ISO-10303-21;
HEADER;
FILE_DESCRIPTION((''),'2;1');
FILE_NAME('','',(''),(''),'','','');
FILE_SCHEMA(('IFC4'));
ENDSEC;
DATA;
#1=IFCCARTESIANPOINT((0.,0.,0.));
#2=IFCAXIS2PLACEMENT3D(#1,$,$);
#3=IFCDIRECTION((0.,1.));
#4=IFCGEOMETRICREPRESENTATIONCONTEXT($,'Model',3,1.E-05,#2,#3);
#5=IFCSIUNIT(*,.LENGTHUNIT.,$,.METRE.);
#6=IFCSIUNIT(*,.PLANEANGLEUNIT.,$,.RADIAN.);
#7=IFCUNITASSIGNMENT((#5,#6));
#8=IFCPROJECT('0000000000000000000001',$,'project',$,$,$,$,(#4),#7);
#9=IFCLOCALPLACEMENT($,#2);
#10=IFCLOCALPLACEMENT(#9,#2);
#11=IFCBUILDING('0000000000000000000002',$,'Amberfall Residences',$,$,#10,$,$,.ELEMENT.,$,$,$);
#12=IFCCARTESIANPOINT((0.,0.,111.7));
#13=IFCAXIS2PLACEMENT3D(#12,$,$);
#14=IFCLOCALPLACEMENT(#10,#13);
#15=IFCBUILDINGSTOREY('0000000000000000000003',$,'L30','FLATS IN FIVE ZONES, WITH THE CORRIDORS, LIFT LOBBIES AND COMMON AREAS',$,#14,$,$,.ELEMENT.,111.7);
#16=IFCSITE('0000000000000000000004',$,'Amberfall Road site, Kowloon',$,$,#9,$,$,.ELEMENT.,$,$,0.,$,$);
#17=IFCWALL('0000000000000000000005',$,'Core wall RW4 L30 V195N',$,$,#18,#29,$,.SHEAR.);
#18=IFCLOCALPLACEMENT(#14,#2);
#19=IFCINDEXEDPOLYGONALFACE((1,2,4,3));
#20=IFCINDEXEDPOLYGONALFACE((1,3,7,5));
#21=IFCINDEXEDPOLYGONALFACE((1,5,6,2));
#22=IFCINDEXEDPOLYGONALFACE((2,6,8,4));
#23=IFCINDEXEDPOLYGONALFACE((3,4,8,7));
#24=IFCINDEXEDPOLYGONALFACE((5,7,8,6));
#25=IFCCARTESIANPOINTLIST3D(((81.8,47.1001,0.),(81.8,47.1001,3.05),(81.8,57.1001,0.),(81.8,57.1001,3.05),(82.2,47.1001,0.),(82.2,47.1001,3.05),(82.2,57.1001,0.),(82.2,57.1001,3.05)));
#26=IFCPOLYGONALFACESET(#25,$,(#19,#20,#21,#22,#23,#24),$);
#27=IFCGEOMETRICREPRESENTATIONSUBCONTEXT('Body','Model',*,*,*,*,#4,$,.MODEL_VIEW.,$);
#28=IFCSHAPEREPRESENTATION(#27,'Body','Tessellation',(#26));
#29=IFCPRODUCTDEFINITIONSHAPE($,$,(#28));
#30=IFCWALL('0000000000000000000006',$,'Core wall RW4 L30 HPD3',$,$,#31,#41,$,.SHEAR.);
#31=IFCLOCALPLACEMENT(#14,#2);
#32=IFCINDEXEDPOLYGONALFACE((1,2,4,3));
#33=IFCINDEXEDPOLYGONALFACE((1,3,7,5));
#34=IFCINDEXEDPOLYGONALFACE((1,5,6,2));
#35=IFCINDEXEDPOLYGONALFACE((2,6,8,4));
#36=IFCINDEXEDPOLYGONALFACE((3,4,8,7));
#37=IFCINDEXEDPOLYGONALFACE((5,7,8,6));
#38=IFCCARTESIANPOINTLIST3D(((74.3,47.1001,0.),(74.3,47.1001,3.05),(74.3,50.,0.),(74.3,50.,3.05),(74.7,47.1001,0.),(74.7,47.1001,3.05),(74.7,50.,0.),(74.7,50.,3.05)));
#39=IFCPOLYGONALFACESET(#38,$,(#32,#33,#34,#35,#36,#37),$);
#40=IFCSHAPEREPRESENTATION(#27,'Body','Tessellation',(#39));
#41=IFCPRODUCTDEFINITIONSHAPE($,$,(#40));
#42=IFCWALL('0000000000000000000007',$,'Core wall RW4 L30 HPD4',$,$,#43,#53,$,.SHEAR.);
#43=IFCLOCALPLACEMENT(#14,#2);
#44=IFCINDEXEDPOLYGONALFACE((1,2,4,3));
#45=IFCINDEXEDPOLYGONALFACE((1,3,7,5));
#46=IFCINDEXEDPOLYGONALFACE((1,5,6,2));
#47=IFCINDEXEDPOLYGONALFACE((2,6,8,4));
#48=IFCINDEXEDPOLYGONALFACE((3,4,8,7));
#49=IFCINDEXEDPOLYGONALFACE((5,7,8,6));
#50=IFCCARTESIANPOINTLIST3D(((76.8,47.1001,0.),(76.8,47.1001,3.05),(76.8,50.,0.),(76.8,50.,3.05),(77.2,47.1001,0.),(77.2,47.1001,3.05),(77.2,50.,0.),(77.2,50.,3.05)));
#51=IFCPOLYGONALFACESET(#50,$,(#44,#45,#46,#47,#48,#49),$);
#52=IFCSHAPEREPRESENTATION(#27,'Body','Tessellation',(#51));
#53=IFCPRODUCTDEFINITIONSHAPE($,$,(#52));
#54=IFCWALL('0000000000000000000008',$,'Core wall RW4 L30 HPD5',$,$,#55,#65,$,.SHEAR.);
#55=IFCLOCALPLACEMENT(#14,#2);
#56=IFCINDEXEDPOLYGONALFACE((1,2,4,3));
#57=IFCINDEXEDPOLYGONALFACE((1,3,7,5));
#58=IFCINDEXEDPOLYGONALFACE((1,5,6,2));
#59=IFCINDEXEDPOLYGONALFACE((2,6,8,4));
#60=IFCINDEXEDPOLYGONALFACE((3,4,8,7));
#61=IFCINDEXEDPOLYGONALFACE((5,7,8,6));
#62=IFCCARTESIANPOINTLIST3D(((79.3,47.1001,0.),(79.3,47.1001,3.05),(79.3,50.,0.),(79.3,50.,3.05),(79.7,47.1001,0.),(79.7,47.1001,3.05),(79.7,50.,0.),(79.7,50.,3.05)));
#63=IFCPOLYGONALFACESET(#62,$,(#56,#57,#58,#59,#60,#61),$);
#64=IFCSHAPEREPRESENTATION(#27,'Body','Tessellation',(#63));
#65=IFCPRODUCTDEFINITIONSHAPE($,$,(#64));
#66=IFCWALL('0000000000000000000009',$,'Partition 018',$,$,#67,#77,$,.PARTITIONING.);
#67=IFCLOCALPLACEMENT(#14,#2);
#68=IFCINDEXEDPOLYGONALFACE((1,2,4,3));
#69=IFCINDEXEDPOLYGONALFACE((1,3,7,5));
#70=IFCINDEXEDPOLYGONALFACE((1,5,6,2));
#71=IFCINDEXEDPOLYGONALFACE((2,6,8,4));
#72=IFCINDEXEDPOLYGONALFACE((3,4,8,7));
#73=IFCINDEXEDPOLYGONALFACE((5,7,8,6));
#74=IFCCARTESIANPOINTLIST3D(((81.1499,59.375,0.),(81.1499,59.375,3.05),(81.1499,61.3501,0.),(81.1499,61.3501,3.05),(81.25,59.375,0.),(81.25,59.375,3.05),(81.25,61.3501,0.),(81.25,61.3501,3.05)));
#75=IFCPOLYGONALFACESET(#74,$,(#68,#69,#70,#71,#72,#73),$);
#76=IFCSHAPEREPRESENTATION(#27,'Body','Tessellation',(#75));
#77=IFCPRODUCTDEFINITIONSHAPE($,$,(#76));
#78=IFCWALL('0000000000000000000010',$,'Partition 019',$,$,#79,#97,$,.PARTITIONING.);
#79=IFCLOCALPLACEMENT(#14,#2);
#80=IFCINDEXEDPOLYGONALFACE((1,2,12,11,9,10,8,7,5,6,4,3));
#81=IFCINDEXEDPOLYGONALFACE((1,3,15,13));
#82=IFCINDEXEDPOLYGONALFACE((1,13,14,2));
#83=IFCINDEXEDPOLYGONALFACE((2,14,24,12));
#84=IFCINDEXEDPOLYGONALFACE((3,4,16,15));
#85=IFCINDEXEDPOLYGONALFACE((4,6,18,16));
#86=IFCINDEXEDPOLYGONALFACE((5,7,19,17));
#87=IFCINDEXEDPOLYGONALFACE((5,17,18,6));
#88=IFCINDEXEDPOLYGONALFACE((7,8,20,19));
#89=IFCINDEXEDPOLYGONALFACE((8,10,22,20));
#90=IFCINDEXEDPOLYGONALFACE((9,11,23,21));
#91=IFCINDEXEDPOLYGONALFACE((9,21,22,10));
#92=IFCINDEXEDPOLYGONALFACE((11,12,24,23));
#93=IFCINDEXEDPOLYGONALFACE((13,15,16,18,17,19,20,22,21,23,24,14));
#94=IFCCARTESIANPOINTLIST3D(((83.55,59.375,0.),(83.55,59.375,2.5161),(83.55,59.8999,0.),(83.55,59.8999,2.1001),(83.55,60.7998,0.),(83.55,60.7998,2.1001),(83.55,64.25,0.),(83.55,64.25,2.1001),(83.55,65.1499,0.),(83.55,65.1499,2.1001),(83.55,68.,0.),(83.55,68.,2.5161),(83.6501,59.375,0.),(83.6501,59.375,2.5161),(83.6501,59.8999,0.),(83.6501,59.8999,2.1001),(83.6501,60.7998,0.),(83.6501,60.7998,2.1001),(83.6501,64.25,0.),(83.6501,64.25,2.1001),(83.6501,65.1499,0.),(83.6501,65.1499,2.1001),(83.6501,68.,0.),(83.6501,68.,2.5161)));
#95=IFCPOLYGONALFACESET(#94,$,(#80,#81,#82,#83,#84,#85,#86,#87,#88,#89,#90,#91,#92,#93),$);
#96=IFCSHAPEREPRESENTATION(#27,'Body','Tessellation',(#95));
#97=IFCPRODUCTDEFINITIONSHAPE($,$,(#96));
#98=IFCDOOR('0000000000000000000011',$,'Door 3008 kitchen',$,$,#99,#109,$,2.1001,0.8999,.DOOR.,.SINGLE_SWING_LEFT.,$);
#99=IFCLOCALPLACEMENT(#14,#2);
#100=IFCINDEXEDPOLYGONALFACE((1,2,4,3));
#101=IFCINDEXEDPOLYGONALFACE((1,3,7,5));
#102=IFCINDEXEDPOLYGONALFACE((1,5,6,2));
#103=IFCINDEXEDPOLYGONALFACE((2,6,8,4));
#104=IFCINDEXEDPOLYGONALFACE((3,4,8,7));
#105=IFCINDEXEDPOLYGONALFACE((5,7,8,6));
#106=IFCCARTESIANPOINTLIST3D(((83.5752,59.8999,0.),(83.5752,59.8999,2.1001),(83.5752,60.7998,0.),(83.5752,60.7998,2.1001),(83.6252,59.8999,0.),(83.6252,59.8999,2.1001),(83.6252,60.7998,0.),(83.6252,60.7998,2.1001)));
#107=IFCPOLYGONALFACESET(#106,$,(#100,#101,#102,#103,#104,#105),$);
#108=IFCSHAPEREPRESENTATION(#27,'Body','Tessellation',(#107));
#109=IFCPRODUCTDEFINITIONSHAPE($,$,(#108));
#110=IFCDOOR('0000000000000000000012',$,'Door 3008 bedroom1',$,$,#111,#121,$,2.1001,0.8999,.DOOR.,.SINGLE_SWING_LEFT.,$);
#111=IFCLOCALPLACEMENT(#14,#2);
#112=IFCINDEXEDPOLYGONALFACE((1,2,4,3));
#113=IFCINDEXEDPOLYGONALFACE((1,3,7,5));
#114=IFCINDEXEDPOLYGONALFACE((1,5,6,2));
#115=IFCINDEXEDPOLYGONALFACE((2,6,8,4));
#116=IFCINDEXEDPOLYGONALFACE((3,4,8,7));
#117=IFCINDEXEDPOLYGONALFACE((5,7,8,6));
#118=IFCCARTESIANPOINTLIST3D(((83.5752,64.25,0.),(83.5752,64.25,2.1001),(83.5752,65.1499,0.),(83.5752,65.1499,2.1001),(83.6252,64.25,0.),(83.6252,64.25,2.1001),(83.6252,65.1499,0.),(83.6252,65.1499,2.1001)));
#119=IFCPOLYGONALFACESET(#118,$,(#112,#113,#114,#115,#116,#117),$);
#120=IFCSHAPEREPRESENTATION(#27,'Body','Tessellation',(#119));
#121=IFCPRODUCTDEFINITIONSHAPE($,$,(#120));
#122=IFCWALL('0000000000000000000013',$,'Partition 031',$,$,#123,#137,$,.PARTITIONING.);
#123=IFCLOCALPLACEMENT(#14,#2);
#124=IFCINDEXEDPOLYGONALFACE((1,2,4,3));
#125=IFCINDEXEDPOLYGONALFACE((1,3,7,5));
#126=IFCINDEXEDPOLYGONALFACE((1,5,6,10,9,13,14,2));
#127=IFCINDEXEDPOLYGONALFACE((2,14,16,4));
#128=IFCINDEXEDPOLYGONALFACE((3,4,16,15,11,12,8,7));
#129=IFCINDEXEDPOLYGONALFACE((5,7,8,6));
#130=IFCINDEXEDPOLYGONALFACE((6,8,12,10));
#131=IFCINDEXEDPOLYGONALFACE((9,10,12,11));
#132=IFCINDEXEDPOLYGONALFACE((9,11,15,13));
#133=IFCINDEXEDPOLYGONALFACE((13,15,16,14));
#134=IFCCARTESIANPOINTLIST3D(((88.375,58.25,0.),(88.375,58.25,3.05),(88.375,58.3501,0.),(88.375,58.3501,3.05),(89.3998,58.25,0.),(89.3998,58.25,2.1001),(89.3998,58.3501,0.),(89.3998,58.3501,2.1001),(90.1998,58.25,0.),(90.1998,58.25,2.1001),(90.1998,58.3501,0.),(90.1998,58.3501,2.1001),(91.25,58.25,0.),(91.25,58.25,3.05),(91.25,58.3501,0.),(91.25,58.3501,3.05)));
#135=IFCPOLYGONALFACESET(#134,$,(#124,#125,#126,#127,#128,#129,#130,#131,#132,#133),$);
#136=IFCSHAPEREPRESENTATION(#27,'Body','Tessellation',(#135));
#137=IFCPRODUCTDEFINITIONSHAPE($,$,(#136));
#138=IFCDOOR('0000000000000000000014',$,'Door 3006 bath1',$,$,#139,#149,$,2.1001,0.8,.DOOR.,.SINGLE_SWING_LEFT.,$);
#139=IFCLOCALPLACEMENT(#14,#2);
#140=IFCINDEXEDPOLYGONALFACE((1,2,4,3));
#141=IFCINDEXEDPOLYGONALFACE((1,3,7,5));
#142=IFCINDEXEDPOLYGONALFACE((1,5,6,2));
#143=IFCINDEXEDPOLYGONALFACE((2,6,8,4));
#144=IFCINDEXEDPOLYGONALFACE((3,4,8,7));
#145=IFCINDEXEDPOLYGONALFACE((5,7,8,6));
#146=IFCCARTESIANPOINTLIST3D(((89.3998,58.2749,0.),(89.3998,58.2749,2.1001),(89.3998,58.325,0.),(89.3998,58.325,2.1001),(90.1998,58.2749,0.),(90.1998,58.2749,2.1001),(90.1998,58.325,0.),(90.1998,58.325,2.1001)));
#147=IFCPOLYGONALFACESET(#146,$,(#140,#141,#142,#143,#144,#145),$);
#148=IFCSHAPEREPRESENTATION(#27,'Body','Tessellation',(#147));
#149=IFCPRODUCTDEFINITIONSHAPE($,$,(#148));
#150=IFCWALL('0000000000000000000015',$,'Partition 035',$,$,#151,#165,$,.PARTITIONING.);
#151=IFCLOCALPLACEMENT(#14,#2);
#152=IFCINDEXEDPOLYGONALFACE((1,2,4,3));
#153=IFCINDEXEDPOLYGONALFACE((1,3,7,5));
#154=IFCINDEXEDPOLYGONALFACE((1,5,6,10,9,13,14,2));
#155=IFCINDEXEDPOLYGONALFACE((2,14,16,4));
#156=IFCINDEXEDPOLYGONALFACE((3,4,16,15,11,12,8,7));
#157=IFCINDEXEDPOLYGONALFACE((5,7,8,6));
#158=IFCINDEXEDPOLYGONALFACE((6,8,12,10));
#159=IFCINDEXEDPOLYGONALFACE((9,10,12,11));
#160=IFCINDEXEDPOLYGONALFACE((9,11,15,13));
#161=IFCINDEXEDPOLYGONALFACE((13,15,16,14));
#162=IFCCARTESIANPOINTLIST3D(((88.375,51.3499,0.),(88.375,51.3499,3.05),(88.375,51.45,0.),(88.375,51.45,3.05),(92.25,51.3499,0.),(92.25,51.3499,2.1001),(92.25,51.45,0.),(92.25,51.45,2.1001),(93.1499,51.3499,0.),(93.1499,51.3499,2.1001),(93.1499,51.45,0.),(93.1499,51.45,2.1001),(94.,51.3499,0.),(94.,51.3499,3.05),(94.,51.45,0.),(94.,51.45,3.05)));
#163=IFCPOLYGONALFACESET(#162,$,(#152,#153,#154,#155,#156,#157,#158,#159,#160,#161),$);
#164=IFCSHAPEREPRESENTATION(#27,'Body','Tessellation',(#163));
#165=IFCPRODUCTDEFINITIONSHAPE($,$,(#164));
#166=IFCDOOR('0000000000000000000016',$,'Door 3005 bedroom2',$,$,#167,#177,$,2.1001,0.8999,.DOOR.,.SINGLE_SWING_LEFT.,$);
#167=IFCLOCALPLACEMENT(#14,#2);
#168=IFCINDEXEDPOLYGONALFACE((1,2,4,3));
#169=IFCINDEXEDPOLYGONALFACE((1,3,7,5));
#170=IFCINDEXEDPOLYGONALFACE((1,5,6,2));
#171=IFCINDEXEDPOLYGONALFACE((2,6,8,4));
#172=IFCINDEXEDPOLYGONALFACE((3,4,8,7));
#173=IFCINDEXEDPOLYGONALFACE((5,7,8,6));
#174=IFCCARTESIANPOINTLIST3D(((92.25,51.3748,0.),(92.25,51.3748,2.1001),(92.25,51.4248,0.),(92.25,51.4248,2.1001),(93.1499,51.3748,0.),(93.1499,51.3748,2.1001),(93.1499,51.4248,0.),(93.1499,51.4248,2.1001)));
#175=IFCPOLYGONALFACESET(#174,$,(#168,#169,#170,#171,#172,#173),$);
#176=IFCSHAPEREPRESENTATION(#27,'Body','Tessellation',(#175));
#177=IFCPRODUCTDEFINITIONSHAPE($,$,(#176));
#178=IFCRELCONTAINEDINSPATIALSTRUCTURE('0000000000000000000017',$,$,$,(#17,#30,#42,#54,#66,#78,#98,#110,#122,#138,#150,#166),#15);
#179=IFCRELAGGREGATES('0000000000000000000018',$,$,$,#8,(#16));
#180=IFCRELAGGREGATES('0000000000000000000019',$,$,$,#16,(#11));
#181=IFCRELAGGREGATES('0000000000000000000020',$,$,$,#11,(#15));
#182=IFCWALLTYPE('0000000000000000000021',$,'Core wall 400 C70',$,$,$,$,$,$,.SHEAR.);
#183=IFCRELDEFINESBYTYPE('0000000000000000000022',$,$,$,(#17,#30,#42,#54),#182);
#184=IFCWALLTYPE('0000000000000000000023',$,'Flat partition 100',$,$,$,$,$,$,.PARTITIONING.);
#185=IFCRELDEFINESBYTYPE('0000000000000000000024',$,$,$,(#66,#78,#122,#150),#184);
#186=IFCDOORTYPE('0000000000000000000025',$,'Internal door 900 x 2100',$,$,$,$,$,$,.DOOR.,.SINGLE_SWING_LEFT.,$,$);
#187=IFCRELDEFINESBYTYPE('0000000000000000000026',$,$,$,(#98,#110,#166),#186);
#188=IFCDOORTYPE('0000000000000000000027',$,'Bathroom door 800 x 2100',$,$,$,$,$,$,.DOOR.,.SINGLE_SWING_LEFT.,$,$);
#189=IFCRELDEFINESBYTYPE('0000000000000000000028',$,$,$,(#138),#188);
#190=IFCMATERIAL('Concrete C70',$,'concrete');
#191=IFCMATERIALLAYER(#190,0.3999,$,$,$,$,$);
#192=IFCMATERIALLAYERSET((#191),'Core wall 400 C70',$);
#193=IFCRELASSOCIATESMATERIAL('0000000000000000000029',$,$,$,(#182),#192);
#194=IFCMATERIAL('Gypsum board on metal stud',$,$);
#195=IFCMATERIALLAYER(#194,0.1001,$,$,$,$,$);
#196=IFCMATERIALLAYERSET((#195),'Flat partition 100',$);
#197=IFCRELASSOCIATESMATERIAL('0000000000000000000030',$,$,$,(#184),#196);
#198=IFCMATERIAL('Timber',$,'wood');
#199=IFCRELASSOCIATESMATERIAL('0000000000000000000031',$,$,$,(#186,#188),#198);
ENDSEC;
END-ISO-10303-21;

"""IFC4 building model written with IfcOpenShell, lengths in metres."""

from ifc_helpers import new_model, si_unit, direction, frame, frame_2d, origin, place, context, subcontext, project, spatial, rectangle, extrude, material, layer, layer_set, type_object, element, fill, save


model = new_model("IFC4")

# Units and contexts
model_context = context("Model", 3, precision=1e-05, world=origin(), true_north=direction((0.0, 1.0)))
body_context = subcontext(model_context, "Body", "Model", "MODEL_VIEW")
ifc_project = project(units=[si_unit("LENGTHUNIT", "METRE"), si_unit("PLANEANGLEUNIT", "RADIAN")], contexts=[model_context])

# Site, building, storey
site_placement = place(None, origin())
site = spatial("IfcSite", under=ifc_project, at=site_placement, Name="Amberfall Road site, Kowloon", CompositionType="ELEMENT", RefElevation=0.0)
building_placement = place(site_placement, origin())
building = spatial("IfcBuilding", under=site, at=building_placement, Name="Amberfall Residences", CompositionType="ELEMENT")
storey_placement = place(building_placement, frame((0.0, 0.0, 111.7)))
storey = spatial("IfcBuildingStorey", under=building, at=storey_placement, Name="L30", Description="FLATS IN FIVE ZONES, WITH THE CORRIDORS, LIFT LOBBIES AND COMMON AREAS", CompositionType="ELEMENT", Elevation=111.7)

# Walls
ifc_material_1 = material(Name="Concrete C70", Category="concrete")
ifc_layer_1 = layer(ifc_material_1, 0.3999)
ifc_layer_set_1 = layer_set([ifc_layer_1], Name="Core wall 400 C70")
wall_type_1 = type_object("IfcWallType", Name="Core wall 400 C70", PredefinedType="SHEAR", material=ifc_layer_set_1)
wall_1_placement = place(storey_placement, frame((82.0, 47.1001, 0.0), z_axis=(0.0, 0.0, 1.0), x_axis=(0.0, 1.0, 0.0)))
element("IfcWall", 1, at=wall_1_placement, inside=storey, type_object=wall_type_1, Name="Core wall RW4 L30 V195N", PredefinedType="SHEAR", context=body_context, shape_type="SweptSolid", body=[
    extrude(rectangle(XDim=10.0, YDim=0.3999, at=frame_2d((5.0, 0.0))), origin(), (0.0, 0.0, 1.0), 3.05),
])
for number, where, z_axis, x_axis, name in (
    (2, (74.5, 47.1001, 0.0), (0.0, 0.0, 1.0), (0.0, 1.0, 0.0), "Core wall RW4 L30 HPD3"),
    (3, (77.0, 47.1001, 0.0), (0.0, 0.0, 1.0), (0.0, 1.0, 0.0), "Core wall RW4 L30 HPD4"),
    (4, (79.5, 47.1001, 0.0), (0.0, 0.0, 1.0), (0.0, 1.0, 0.0), "Core wall RW4 L30 HPD5"),
):
    element("IfcWall", number, at=place(storey_placement, frame(where, z_axis=z_axis, x_axis=x_axis)), inside=storey, type_object=wall_type_1, Name=name, PredefinedType="SHEAR", context=body_context, shape_type="SweptSolid", body=[
        extrude(rectangle(XDim=2.8999, YDim=0.3999, at=frame_2d((1.45, 0.0))), origin(), (0.0, 0.0, 1.0), 3.05),
    ])
ifc_material_2 = material(Name="Gypsum board on metal stud")
ifc_layer_2 = layer(ifc_material_2, 0.1001)
ifc_layer_set_2 = layer_set([ifc_layer_2], Name="Flat partition 100")
wall_type_2 = type_object("IfcWallType", Name="Flat partition 100", PredefinedType="PARTITIONING", material=ifc_layer_set_2)
wall_2_placement = place(storey_placement, frame((81.2, 59.375, 0.0), z_axis=(0.0, 0.0, 1.0), x_axis=(0.0, 1.0, 0.0)))
element("IfcWall", 5, at=wall_2_placement, inside=storey, type_object=wall_type_2, Name="Partition 018", PredefinedType="PARTITIONING", context=body_context, shape_type="SweptSolid", body=[
    extrude(rectangle(XDim=1.9751, YDim=0.1001, at=frame_2d((0.9875, 0.0))), origin(), (0.0, 0.0, 1.0), 3.05),
])

# Wall, openings, doors
wall_3_placement = place(storey_placement, frame((83.6001, 59.375, 0.0), z_axis=(0.0, 0.0, 1.0), x_axis=(0.0, 1.0, 0.0)))
wall_3 = element("IfcWall", 6, at=wall_3_placement, inside=storey, type_object=wall_type_2, Name="Partition 019", PredefinedType="PARTITIONING", context=body_context, shape_type="SweptSolid", body=[
    extrude(rectangle(XDim=8.625, YDim=0.1001, at=frame_2d((4.3125, 0.0))), origin(), (0.0, 0.0, 1.0), 2.5161),
])
opening_1_placement = place(wall_3_placement, frame((0.5249, 0.0, 0.0)))
opening_1 = element("IfcOpeningElement", 7, at=opening_1_placement, cuts=wall_3, PredefinedType="OPENING", context=body_context, shape_type="SweptSolid", body=[
    extrude(rectangle(XDim=0.8999, YDim=2.1001, at=frame_2d((0.45, 1.05))), frame((0.0, 0.0601, 0.0), z_axis=(0.0, -1.0, 0.0), x_axis=(1.0, 0.0, 0.0)), (0.0, 0.0, 1.0), 0.1201),
])
opening_2_placement = place(wall_3_placement, frame((4.875, 0.0, 0.0)))
opening_2 = element("IfcOpeningElement", 8, at=opening_2_placement, cuts=wall_3, PredefinedType="OPENING", context=body_context, shape_type="SweptSolid", body=[
    extrude(rectangle(XDim=0.8999, YDim=2.1001, at=frame_2d((0.45, 1.05))), frame((0.0, 0.0601, 0.0), z_axis=(0.0, -1.0, 0.0), x_axis=(1.0, 0.0, 0.0)), (0.0, 0.0, 1.0), 0.1201),
])
ifc_material_3 = material(Name="Timber", Category="wood")
door_type_1 = type_object("IfcDoorType", Name="Internal door 900 x 2100", OperationType="SINGLE_SWING_LEFT", PredefinedType="DOOR", material=ifc_material_3)
door_1_placement = place(opening_1_placement, origin())
door_1 = element("IfcDoor", 9, at=door_1_placement, inside=storey, type_object=door_type_1, Name="Door 3008 kitchen", OperationType="SINGLE_SWING_LEFT", OverallHeight=2.1001, OverallWidth=0.8999, PredefinedType="DOOR", context=body_context, shape_type="SweptSolid", body=[
    extrude(rectangle(XDim=0.8999, YDim=2.1001, at=frame_2d((0.45, 1.05))), frame((0.0, 0.0249, 0.0), z_axis=(0.0, -1.0, 0.0), x_axis=(1.0, 0.0, 0.0)), (0.0, 0.0, 1.0), 0.05),
])
fill(opening_1, door_1)
door_2_placement = place(opening_2_placement, origin())
door_2 = element("IfcDoor", 10, at=door_2_placement, inside=storey, type_object=door_type_1, Name="Door 3008 bedroom1", OperationType="SINGLE_SWING_LEFT", OverallHeight=2.1001, OverallWidth=0.8999, PredefinedType="DOOR", context=body_context, shape_type="SweptSolid", body=[
    extrude(rectangle(XDim=0.8999, YDim=2.1001, at=frame_2d((0.45, 1.05))), frame((0.0, 0.0249, 0.0), z_axis=(0.0, -1.0, 0.0), x_axis=(1.0, 0.0, 0.0)), (0.0, 0.0, 1.0), 0.05),
])
fill(opening_2, door_2)

# Walls, openings, doors
wall_4_placement = place(storey_placement, frame((88.375, 58.3, 0.0), z_axis=(0.0, 0.0, 1.0), x_axis=(1.0, 0.0, 0.0)))
wall_4 = element("IfcWall", 11, at=wall_4_placement, inside=storey, type_object=wall_type_2, Name="Partition 031", PredefinedType="PARTITIONING", context=body_context, shape_type="SweptSolid", body=[
    extrude(rectangle(XDim=2.875, YDim=0.1001, at=frame_2d((1.4375, 0.0))), origin(), (0.0, 0.0, 1.0), 3.05),
])
opening_3_placement = place(wall_4_placement, frame((1.0249, 0.0, 0.0)))
opening_3 = element("IfcOpeningElement", 12, at=opening_3_placement, cuts=wall_4, PredefinedType="OPENING", context=body_context, shape_type="SweptSolid", body=[
    extrude(rectangle(XDim=0.8, YDim=2.1001, at=frame_2d((0.3999, 1.05))), frame((0.0, 0.0601, 0.0), z_axis=(0.0, -1.0, 0.0), x_axis=(1.0, 0.0, 0.0)), (0.0, 0.0, 1.0), 0.1201),
])
door_type_2 = type_object("IfcDoorType", Name="Bathroom door 800 x 2100", OperationType="SINGLE_SWING_LEFT", PredefinedType="DOOR", material=ifc_material_3)
door_3_placement = place(opening_3_placement, origin())
door_3 = element("IfcDoor", 13, at=door_3_placement, inside=storey, type_object=door_type_2, Name="Door 3006 bath1", OperationType="SINGLE_SWING_LEFT", OverallHeight=2.1001, OverallWidth=0.8, PredefinedType="DOOR", context=body_context, shape_type="SweptSolid", body=[
    extrude(rectangle(XDim=0.8, YDim=2.1001, at=frame_2d((0.3999, 1.05))), frame((0.0, 0.0249, 0.0), z_axis=(0.0, -1.0, 0.0), x_axis=(1.0, 0.0, 0.0)), (0.0, 0.0, 1.0), 0.05),
])
fill(opening_3, door_3)
wall_5_placement = place(storey_placement, frame((88.375, 51.3999, 0.0), z_axis=(0.0, 0.0, 1.0), x_axis=(1.0, 0.0, 0.0)))
wall_5 = element("IfcWall", 14, at=wall_5_placement, inside=storey, type_object=wall_type_2, Name="Partition 035", PredefinedType="PARTITIONING", context=body_context, shape_type="SweptSolid", body=[
    extrude(rectangle(XDim=5.625, YDim=0.1001, at=frame_2d((2.8125, 0.0))), origin(), (0.0, 0.0, 1.0), 3.05),
])
opening_4_placement = place(wall_5_placement, frame((3.875, 0.0, 0.0)))
opening_4 = element("IfcOpeningElement", 15, at=opening_4_placement, cuts=wall_5, PredefinedType="OPENING", context=body_context, shape_type="SweptSolid", body=[
    extrude(rectangle(XDim=0.8999, YDim=2.1001, at=frame_2d((0.45, 1.05))), frame((0.0, 0.0601, 0.0), z_axis=(0.0, -1.0, 0.0), x_axis=(1.0, 0.0, 0.0)), (0.0, 0.0, 1.0), 0.1201),
])
door_4_placement = place(opening_4_placement, origin())
door_4 = element("IfcDoor", 16, at=door_4_placement, inside=storey, type_object=door_type_1, Name="Door 3005 bedroom2", OperationType="SINGLE_SWING_LEFT", OverallHeight=2.1001, OverallWidth=0.8999, PredefinedType="DOOR", context=body_context, shape_type="SweptSolid", body=[
    extrude(rectangle(XDim=0.8999, YDim=2.1001, at=frame_2d((0.45, 1.05))), frame((0.0, 0.0249, 0.0), z_axis=(0.0, -1.0, 0.0), x_axis=(1.0, 0.0, 0.0)), (0.0, 0.0, 1.0), 0.05),
])
fill(opening_4, door_4)

save(model, "model.ifc")
